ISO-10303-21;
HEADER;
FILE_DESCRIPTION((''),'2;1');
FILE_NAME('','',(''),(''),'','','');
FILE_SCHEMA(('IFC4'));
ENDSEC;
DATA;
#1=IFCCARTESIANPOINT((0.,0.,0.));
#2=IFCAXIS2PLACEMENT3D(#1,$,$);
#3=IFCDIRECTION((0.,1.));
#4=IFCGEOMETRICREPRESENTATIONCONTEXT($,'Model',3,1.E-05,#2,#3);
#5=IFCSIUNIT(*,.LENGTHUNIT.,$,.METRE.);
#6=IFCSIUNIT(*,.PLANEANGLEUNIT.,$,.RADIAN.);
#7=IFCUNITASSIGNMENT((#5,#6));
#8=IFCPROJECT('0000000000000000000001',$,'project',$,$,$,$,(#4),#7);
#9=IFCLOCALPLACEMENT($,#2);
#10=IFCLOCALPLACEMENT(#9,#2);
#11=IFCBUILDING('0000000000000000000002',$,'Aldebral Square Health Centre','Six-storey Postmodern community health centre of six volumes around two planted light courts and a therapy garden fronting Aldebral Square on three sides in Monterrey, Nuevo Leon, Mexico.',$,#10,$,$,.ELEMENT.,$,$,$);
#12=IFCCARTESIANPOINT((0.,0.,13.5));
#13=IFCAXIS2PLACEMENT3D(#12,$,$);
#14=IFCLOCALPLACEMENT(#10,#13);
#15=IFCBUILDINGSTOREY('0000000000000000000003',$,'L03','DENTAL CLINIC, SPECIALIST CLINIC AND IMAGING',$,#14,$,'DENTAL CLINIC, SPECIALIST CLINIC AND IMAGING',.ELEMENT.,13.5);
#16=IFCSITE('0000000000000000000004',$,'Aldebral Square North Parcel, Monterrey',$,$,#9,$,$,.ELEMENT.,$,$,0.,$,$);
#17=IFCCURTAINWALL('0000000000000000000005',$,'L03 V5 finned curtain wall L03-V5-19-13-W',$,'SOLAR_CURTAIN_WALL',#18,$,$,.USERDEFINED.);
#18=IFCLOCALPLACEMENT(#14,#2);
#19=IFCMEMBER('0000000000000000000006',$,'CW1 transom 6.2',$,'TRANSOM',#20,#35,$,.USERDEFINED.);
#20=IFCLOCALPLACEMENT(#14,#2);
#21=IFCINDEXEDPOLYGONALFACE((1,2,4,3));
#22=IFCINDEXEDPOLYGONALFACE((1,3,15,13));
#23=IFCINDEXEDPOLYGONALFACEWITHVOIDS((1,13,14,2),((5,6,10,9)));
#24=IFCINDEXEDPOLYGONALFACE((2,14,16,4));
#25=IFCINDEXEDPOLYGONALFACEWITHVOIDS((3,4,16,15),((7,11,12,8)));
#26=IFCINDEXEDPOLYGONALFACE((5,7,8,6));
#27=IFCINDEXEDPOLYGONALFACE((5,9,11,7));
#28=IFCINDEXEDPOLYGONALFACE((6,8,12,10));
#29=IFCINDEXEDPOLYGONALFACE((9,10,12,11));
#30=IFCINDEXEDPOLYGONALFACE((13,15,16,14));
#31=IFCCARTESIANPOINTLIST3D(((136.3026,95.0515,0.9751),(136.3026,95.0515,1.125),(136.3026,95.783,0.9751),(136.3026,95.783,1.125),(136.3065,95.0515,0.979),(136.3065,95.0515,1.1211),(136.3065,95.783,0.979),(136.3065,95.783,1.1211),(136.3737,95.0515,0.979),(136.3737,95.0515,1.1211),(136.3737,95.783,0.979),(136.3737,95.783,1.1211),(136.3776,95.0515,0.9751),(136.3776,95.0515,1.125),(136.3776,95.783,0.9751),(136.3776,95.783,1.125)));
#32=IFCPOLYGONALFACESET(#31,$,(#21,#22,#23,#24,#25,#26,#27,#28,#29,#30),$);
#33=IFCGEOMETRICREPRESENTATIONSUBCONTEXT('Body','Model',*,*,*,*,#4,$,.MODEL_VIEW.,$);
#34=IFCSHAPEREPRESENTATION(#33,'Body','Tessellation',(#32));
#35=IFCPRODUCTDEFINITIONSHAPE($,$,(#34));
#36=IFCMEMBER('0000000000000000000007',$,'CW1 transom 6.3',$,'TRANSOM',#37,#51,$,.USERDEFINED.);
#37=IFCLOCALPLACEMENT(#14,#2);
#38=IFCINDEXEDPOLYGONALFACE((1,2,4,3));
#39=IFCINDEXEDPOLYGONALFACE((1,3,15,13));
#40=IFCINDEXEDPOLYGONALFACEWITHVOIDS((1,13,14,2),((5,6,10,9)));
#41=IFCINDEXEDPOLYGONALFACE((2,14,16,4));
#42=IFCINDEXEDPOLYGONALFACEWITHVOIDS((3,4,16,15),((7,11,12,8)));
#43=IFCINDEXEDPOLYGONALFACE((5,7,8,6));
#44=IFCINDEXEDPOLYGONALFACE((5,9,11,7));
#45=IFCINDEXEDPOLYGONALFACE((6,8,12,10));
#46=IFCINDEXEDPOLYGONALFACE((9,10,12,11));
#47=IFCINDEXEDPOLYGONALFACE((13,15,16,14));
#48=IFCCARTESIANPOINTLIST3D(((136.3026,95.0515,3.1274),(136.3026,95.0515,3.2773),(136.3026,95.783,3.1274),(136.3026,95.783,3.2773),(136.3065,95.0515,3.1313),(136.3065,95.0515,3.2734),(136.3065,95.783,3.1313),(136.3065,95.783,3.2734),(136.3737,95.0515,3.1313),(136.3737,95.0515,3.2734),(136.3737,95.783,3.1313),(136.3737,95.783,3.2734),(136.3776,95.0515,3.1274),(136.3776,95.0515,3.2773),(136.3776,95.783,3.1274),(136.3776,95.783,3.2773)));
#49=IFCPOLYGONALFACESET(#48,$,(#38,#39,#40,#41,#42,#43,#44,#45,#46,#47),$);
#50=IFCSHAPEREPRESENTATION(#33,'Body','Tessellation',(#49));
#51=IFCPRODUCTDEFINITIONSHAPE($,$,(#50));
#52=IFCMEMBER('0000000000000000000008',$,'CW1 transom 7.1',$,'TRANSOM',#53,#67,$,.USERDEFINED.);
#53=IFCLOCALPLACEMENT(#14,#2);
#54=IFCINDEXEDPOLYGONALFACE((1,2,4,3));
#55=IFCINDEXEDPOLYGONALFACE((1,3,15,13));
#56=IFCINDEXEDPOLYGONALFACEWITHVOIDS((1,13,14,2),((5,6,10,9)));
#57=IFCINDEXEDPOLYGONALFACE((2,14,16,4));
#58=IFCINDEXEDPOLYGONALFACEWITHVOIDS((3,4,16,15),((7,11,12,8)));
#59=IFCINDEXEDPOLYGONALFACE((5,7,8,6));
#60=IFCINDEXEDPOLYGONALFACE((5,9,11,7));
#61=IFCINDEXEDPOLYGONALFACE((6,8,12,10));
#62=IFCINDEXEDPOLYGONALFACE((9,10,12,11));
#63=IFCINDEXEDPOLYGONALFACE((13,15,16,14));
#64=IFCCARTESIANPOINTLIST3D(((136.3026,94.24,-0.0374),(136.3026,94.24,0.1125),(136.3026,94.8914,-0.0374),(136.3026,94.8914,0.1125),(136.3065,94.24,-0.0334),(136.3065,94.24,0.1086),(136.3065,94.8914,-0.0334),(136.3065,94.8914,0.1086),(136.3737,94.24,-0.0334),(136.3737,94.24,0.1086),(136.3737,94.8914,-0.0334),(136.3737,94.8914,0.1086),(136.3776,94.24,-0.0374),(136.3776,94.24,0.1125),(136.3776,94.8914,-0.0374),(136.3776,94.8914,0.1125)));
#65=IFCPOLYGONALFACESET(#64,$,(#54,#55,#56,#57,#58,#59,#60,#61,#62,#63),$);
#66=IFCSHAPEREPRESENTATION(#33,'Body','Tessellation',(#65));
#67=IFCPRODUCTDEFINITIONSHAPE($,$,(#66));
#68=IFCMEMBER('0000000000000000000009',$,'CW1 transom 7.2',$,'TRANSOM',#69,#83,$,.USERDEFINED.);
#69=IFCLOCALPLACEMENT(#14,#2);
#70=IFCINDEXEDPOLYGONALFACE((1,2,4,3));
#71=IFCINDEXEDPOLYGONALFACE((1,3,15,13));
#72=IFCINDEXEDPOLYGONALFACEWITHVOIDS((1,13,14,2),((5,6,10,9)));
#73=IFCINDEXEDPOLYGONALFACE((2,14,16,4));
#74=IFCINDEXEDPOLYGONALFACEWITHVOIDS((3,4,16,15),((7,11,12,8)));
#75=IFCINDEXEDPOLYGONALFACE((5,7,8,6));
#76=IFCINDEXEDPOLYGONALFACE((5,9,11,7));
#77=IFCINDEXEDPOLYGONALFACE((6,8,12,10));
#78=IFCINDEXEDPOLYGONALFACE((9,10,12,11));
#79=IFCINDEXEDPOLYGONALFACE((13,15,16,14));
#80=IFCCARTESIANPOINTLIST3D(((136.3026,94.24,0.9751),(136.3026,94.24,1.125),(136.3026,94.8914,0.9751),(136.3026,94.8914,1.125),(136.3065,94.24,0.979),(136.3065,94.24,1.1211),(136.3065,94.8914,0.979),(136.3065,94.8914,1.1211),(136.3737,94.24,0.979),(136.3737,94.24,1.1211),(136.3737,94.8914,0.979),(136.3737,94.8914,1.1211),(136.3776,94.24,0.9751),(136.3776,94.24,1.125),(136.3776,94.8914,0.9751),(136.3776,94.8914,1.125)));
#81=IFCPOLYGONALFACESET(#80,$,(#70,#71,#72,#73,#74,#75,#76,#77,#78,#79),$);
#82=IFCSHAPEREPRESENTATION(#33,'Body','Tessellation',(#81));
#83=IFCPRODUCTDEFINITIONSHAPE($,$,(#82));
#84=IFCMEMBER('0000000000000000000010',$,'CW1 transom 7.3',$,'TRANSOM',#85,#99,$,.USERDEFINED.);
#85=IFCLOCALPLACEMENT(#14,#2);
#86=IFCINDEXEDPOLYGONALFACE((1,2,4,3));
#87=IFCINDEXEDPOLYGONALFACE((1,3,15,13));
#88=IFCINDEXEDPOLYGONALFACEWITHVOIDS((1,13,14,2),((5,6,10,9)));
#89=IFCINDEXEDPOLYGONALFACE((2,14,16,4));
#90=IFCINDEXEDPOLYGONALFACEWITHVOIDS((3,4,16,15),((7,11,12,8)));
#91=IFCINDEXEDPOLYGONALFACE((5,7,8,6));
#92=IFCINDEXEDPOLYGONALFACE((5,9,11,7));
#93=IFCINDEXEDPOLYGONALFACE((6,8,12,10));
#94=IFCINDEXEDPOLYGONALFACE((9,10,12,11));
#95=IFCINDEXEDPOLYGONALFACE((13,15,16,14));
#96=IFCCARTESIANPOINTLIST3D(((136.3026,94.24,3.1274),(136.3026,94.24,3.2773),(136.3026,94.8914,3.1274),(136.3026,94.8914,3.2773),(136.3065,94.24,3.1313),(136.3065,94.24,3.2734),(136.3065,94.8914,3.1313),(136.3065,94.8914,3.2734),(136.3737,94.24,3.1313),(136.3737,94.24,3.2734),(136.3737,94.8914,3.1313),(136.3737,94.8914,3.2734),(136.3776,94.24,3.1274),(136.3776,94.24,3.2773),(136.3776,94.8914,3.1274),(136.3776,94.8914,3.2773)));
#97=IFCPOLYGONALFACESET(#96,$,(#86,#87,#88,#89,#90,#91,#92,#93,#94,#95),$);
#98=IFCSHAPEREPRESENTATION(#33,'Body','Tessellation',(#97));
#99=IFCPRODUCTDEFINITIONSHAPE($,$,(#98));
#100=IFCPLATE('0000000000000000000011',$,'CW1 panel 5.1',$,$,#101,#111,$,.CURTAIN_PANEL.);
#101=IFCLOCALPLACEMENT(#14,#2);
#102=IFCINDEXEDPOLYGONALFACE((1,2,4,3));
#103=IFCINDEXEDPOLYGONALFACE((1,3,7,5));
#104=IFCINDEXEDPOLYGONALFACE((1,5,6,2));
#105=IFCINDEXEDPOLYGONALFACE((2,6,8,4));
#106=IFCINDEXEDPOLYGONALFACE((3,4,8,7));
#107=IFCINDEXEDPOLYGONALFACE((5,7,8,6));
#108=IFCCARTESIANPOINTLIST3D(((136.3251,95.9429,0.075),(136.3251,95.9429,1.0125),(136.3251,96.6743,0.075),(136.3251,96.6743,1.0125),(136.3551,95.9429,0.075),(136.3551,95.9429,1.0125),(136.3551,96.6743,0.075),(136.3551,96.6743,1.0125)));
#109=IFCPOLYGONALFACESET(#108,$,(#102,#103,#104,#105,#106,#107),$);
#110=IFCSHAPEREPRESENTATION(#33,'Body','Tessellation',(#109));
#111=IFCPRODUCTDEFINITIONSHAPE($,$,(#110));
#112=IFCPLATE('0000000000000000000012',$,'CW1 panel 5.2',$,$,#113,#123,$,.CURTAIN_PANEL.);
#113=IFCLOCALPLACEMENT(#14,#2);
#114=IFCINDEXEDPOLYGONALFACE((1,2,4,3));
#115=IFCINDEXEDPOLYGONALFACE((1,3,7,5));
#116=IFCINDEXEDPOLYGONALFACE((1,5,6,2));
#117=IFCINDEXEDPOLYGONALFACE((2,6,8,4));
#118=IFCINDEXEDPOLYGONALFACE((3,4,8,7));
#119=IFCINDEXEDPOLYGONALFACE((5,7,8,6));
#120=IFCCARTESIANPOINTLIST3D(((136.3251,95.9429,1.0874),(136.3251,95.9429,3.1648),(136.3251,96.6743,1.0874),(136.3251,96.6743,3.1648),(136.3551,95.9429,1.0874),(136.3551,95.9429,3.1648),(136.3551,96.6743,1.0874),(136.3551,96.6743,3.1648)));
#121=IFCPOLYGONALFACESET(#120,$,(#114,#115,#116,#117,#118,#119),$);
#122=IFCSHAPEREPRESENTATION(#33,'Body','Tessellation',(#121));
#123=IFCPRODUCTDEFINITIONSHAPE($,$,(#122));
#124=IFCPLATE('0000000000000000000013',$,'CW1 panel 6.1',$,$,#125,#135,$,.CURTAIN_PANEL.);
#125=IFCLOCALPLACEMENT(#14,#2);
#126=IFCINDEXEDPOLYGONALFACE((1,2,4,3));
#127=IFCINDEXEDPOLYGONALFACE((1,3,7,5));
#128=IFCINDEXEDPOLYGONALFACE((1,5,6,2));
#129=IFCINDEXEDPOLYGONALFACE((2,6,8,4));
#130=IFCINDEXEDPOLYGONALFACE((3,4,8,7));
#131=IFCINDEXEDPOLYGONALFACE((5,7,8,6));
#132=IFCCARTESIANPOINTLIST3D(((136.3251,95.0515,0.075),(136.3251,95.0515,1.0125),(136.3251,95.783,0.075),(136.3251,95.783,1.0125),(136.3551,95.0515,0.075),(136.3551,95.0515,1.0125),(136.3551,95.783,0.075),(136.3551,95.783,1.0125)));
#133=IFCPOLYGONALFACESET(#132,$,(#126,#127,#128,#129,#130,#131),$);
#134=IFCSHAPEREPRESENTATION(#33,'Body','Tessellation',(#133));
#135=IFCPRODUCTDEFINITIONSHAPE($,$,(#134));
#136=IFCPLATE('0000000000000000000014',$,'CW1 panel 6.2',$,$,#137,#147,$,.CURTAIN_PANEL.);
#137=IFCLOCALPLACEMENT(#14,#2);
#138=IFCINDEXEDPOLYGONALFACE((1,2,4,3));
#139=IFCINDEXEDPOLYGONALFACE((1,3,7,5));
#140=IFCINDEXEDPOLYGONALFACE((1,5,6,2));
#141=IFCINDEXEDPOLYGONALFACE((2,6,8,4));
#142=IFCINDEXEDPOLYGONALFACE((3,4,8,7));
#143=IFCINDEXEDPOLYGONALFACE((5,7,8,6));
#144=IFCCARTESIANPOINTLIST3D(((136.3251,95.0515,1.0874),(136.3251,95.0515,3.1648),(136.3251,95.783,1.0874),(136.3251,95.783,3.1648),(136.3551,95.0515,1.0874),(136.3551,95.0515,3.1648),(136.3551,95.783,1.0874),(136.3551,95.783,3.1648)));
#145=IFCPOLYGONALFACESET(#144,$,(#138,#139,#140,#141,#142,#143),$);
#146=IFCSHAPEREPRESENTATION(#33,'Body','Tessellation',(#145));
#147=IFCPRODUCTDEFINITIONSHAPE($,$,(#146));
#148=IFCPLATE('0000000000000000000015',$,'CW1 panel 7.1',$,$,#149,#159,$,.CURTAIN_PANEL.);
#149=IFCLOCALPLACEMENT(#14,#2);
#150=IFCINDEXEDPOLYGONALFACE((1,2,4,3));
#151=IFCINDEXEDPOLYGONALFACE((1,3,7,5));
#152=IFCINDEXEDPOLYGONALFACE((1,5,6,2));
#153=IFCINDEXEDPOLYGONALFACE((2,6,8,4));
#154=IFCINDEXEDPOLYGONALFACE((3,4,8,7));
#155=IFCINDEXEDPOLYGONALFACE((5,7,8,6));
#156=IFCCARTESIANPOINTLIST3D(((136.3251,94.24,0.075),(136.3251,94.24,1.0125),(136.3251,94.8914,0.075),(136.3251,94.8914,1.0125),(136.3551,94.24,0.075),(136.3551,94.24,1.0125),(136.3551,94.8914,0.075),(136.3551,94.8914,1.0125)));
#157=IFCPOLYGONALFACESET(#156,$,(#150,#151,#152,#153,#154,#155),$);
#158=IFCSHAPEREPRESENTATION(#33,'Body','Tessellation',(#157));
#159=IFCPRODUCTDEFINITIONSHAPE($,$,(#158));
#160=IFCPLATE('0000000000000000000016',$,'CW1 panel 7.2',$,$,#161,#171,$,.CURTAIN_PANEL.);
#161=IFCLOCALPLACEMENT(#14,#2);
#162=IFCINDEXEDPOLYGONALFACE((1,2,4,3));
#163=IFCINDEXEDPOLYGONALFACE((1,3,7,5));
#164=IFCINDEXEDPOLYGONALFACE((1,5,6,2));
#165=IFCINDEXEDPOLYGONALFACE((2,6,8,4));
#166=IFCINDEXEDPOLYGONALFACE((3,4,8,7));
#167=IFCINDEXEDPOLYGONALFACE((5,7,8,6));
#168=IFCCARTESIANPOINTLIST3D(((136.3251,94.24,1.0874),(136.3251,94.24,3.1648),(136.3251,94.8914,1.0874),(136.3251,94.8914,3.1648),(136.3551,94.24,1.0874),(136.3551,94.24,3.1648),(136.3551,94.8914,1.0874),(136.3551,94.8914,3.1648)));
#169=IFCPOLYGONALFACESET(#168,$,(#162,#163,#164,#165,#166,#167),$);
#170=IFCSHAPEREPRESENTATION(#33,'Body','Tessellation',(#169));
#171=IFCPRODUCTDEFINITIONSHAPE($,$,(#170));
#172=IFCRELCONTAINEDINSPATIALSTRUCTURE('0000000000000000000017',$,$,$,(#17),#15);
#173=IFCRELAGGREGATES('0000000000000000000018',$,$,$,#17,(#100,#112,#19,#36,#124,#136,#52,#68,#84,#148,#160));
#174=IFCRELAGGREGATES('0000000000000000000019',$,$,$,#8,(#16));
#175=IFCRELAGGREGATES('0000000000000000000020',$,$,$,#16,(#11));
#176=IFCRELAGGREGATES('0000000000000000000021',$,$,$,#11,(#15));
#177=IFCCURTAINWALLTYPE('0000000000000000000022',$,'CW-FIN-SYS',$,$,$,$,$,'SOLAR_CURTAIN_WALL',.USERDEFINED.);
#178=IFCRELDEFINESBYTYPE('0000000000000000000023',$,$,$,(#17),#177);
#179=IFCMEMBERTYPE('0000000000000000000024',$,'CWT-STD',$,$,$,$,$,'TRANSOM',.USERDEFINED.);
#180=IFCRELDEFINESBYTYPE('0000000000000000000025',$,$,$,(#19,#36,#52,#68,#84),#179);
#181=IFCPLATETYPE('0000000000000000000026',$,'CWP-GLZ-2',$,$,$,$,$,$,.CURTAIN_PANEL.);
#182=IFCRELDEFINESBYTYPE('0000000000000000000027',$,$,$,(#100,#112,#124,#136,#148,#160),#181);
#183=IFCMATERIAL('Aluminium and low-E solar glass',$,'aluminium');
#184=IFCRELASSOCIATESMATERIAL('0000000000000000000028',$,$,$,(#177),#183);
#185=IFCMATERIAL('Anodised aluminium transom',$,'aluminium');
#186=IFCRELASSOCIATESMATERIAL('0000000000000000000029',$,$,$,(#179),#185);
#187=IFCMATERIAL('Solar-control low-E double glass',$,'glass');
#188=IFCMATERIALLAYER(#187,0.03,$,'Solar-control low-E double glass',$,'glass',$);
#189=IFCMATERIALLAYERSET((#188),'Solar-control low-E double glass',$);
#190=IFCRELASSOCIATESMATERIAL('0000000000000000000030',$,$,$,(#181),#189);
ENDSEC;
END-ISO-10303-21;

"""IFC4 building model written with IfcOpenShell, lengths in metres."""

from ifc_helpers import new_model, si_unit, direction, frame, origin, origin_2d, place, context, subcontext, project, spatial, rectangle, hollow_rectangle, extrude, material, layer, layer_set, material_profile, profile_set, type_object, element, aggregate, save


model = new_model("IFC4")

# Units and contexts
model_context = context("Model", 3, precision=1e-05, world=origin(), true_north=direction((0.0, 1.0)))
body_context = subcontext(model_context, "Body", "Model", "MODEL_VIEW")
ifc_project = project(units=[si_unit("LENGTHUNIT", "METRE"), si_unit("PLANEANGLEUNIT", "RADIAN")], contexts=[model_context])

# Site, building, storey
site_placement = place(None, origin())
site = spatial("IfcSite", under=ifc_project, at=site_placement, Name="Aldebral Square North Parcel, Monterrey", CompositionType="ELEMENT", RefElevation=0.0)
building_placement = place(site_placement, origin())
building = spatial("IfcBuilding", under=site, at=building_placement, Name="Aldebral Square Health Centre", Description="Six-storey Postmodern community health centre of six volumes around two planted light courts and a therapy garden fronting Aldebral Square on three sides in Monterrey, Nuevo Leon, Mexico.", CompositionType="ELEMENT")
storey_placement = place(building_placement, frame((0.0, 0.0, 13.5)))
storey = spatial("IfcBuildingStorey", under=building, at=storey_placement, Name="L03", Description="DENTAL CLINIC, SPECIALIST CLINIC AND IMAGING", LongName="DENTAL CLINIC, SPECIALIST CLINIC AND IMAGING", CompositionType="ELEMENT", Elevation=13.5)

# Curtain wall, members, plates
ifc_material_1 = material(Name="Aluminium and low-E solar glass", Category="aluminium")
curtain_wall_type = type_object("IfcCurtainWallType", Name="CW-FIN-SYS", ElementType="SOLAR_CURTAIN_WALL", PredefinedType="USERDEFINED", material=ifc_material_1)
curtain_wall_placement = place(storey_placement, origin())
curtain_wall = element("IfcCurtainWall", 1, at=curtain_wall_placement, inside=storey, type_object=curtain_wall_type, Name="L03 V5 finned curtain wall L03-V5-19-13-W", ObjectType="SOLAR_CURTAIN_WALL", PredefinedType="USERDEFINED")
ifc_material_2 = material(Name="Anodised aluminium transom", Category="aluminium")
ifc_material_profile_1 = material_profile(ifc_material_2, hollow_rectangle(XDim=0.075, YDim=0.1499, WallThickness=0.0039, at=origin_2d()), Name="CWT 75x150x4")
ifc_profile_set_1 = profile_set([ifc_material_profile_1], Name="Anodised aluminium transom")
member_type_1 = type_object("IfcMemberType", Name="CWT-STD", ElementType="TRANSOM", PredefinedType="USERDEFINED", material=ifc_profile_set_1)
member_1_placement = place(storey_placement, frame((136.3401, 95.783, 1.05), z_axis=(0.0, -1.0, 0.0), x_axis=(1.0, 0.0, 0.0)))
member_1 = element("IfcMember", 2, at=member_1_placement, type_object=member_type_1, Name="CW1 transom 6.2", ObjectType="TRANSOM", PredefinedType="USERDEFINED", context=body_context, shape_type="SweptSolid", body=[
    extrude(hollow_rectangle(XDim=0.075, YDim=0.1499, WallThickness=0.0039, at=origin_2d()), origin(), (0.0, 0.0, 1.0), 0.7314),
])
member_2_placement = place(storey_placement, frame((136.3401, 95.783, 3.2024), z_axis=(0.0, -1.0, 0.0), x_axis=(1.0, 0.0, 0.0)))
member_2 = element("IfcMember", 3, at=member_2_placement, type_object=member_type_1, Name="CW1 transom 6.3", ObjectType="TRANSOM", PredefinedType="USERDEFINED", context=body_context, shape_type="SweptSolid", body=[
    extrude(hollow_rectangle(XDim=0.075, YDim=0.1499, WallThickness=0.0039, at=origin_2d()), origin(), (0.0, 0.0, 1.0), 0.7314),
])
member_3_placement = place(storey_placement, frame((136.3401, 94.8914, 0.0376), z_axis=(0.0, -1.0, 0.0), x_axis=(1.0, 0.0, 0.0)))
member_3 = element("IfcMember", 4, at=member_3_placement, type_object=member_type_1, Name="CW1 transom 7.1", ObjectType="TRANSOM", PredefinedType="USERDEFINED", context=body_context, shape_type="SweptSolid", body=[
    extrude(hollow_rectangle(XDim=0.075, YDim=0.1499, WallThickness=0.0039, at=origin_2d()), origin(), (0.0, 0.0, 1.0), 0.6514),
])
member_4_placement = place(storey_placement, frame((136.3401, 94.8914, 1.05), z_axis=(0.0, -1.0, 0.0), x_axis=(1.0, 0.0, 0.0)))
member_4 = element("IfcMember", 5, at=member_4_placement, type_object=member_type_1, Name="CW1 transom 7.2", ObjectType="TRANSOM", PredefinedType="USERDEFINED", context=body_context, shape_type="SweptSolid", body=[
    extrude(hollow_rectangle(XDim=0.075, YDim=0.1499, WallThickness=0.0039, at=origin_2d()), origin(), (0.0, 0.0, 1.0), 0.6514),
])
member_5_placement = place(storey_placement, frame((136.3401, 94.8914, 3.2024), z_axis=(0.0, -1.0, 0.0), x_axis=(1.0, 0.0, 0.0)))
member_5 = element("IfcMember", 6, at=member_5_placement, type_object=member_type_1, Name="CW1 transom 7.3", ObjectType="TRANSOM", PredefinedType="USERDEFINED", context=body_context, shape_type="SweptSolid", body=[
    extrude(hollow_rectangle(XDim=0.075, YDim=0.1499, WallThickness=0.0039, at=origin_2d()), origin(), (0.0, 0.0, 1.0), 0.6514),
])
ifc_material_3 = material(Name="Solar-control low-E double glass", Category="glass")
ifc_layer_1 = layer(ifc_material_3, 0.03, Name="Solar-control low-E double glass", Category="glass")
ifc_layer_set_1 = layer_set([ifc_layer_1], Name="Solar-control low-E double glass")
plate_type = type_object("IfcPlateType", Name="CWP-GLZ-2", PredefinedType="CURTAIN_PANEL", material=ifc_layer_set_1)
plate_1_placement = place(storey_placement, frame((136.3401, 96.3086, 0.075), z_axis=(0.0, 0.0, 1.0), x_axis=(0.0, -1.0, 0.0)))
plate_1 = element("IfcPlate", 7, at=plate_1_placement, type_object=plate_type, Name="CW1 panel 5.1", PredefinedType="CURTAIN_PANEL", context=body_context, shape_type="SweptSolid", body=[
    extrude(rectangle(XDim=0.7314, YDim=0.03, at=origin_2d()), origin(), (0.0, 0.0, 1.0), 0.9375),
])
plate_2_placement = place(storey_placement, frame((136.3401, 96.3086, 1.0874), z_axis=(0.0, 0.0, 1.0), x_axis=(0.0, -1.0, 0.0)))
plate_2 = element("IfcPlate", 8, at=plate_2_placement, type_object=plate_type, Name="CW1 panel 5.2", PredefinedType="CURTAIN_PANEL", context=body_context, shape_type="SweptSolid", body=[
    extrude(rectangle(XDim=0.7314, YDim=0.03, at=origin_2d()), origin(), (0.0, 0.0, 1.0), 2.0774),
])
plate_3_placement = place(storey_placement, frame((136.3401, 95.4172, 0.075), z_axis=(0.0, 0.0, 1.0), x_axis=(0.0, -1.0, 0.0)))
plate_3 = element("IfcPlate", 9, at=plate_3_placement, type_object=plate_type, Name="CW1 panel 6.1", PredefinedType="CURTAIN_PANEL", context=body_context, shape_type="SweptSolid", body=[
    extrude(rectangle(XDim=0.7314, YDim=0.03, at=origin_2d()), origin(), (0.0, 0.0, 1.0), 0.9375),
])
plate_4_placement = place(storey_placement, frame((136.3401, 95.4172, 1.0874), z_axis=(0.0, 0.0, 1.0), x_axis=(0.0, -1.0, 0.0)))
plate_4 = element("IfcPlate", 10, at=plate_4_placement, type_object=plate_type, Name="CW1 panel 6.2", PredefinedType="CURTAIN_PANEL", context=body_context, shape_type="SweptSolid", body=[
    extrude(rectangle(XDim=0.7314, YDim=0.03, at=origin_2d()), origin(), (0.0, 0.0, 1.0), 2.0774),
])
plate_5_placement = place(storey_placement, frame((136.3401, 94.5657, 0.075), z_axis=(0.0, 0.0, 1.0), x_axis=(0.0, -1.0, 0.0)))
plate_5 = element("IfcPlate", 11, at=plate_5_placement, type_object=plate_type, Name="CW1 panel 7.1", PredefinedType="CURTAIN_PANEL", context=body_context, shape_type="SweptSolid", body=[
    extrude(rectangle(XDim=0.6514, YDim=0.03, at=origin_2d()), origin(), (0.0, 0.0, 1.0), 0.9375),
])
plate_6_placement = place(storey_placement, frame((136.3401, 94.5657, 1.0874), z_axis=(0.0, 0.0, 1.0), x_axis=(0.0, -1.0, 0.0)))
plate_6 = element("IfcPlate", 12, at=plate_6_placement, type_object=plate_type, Name="CW1 panel 7.2", PredefinedType="CURTAIN_PANEL", context=body_context, shape_type="SweptSolid", body=[
    extrude(rectangle(XDim=0.6514, YDim=0.03, at=origin_2d()), origin(), (0.0, 0.0, 1.0), 2.0774),
])
aggregate(curtain_wall, [plate_1, plate_2, member_1, member_2, plate_3, plate_4, member_3, member_4, member_5, plate_5, plate_6])

save(model, "model.ifc")
